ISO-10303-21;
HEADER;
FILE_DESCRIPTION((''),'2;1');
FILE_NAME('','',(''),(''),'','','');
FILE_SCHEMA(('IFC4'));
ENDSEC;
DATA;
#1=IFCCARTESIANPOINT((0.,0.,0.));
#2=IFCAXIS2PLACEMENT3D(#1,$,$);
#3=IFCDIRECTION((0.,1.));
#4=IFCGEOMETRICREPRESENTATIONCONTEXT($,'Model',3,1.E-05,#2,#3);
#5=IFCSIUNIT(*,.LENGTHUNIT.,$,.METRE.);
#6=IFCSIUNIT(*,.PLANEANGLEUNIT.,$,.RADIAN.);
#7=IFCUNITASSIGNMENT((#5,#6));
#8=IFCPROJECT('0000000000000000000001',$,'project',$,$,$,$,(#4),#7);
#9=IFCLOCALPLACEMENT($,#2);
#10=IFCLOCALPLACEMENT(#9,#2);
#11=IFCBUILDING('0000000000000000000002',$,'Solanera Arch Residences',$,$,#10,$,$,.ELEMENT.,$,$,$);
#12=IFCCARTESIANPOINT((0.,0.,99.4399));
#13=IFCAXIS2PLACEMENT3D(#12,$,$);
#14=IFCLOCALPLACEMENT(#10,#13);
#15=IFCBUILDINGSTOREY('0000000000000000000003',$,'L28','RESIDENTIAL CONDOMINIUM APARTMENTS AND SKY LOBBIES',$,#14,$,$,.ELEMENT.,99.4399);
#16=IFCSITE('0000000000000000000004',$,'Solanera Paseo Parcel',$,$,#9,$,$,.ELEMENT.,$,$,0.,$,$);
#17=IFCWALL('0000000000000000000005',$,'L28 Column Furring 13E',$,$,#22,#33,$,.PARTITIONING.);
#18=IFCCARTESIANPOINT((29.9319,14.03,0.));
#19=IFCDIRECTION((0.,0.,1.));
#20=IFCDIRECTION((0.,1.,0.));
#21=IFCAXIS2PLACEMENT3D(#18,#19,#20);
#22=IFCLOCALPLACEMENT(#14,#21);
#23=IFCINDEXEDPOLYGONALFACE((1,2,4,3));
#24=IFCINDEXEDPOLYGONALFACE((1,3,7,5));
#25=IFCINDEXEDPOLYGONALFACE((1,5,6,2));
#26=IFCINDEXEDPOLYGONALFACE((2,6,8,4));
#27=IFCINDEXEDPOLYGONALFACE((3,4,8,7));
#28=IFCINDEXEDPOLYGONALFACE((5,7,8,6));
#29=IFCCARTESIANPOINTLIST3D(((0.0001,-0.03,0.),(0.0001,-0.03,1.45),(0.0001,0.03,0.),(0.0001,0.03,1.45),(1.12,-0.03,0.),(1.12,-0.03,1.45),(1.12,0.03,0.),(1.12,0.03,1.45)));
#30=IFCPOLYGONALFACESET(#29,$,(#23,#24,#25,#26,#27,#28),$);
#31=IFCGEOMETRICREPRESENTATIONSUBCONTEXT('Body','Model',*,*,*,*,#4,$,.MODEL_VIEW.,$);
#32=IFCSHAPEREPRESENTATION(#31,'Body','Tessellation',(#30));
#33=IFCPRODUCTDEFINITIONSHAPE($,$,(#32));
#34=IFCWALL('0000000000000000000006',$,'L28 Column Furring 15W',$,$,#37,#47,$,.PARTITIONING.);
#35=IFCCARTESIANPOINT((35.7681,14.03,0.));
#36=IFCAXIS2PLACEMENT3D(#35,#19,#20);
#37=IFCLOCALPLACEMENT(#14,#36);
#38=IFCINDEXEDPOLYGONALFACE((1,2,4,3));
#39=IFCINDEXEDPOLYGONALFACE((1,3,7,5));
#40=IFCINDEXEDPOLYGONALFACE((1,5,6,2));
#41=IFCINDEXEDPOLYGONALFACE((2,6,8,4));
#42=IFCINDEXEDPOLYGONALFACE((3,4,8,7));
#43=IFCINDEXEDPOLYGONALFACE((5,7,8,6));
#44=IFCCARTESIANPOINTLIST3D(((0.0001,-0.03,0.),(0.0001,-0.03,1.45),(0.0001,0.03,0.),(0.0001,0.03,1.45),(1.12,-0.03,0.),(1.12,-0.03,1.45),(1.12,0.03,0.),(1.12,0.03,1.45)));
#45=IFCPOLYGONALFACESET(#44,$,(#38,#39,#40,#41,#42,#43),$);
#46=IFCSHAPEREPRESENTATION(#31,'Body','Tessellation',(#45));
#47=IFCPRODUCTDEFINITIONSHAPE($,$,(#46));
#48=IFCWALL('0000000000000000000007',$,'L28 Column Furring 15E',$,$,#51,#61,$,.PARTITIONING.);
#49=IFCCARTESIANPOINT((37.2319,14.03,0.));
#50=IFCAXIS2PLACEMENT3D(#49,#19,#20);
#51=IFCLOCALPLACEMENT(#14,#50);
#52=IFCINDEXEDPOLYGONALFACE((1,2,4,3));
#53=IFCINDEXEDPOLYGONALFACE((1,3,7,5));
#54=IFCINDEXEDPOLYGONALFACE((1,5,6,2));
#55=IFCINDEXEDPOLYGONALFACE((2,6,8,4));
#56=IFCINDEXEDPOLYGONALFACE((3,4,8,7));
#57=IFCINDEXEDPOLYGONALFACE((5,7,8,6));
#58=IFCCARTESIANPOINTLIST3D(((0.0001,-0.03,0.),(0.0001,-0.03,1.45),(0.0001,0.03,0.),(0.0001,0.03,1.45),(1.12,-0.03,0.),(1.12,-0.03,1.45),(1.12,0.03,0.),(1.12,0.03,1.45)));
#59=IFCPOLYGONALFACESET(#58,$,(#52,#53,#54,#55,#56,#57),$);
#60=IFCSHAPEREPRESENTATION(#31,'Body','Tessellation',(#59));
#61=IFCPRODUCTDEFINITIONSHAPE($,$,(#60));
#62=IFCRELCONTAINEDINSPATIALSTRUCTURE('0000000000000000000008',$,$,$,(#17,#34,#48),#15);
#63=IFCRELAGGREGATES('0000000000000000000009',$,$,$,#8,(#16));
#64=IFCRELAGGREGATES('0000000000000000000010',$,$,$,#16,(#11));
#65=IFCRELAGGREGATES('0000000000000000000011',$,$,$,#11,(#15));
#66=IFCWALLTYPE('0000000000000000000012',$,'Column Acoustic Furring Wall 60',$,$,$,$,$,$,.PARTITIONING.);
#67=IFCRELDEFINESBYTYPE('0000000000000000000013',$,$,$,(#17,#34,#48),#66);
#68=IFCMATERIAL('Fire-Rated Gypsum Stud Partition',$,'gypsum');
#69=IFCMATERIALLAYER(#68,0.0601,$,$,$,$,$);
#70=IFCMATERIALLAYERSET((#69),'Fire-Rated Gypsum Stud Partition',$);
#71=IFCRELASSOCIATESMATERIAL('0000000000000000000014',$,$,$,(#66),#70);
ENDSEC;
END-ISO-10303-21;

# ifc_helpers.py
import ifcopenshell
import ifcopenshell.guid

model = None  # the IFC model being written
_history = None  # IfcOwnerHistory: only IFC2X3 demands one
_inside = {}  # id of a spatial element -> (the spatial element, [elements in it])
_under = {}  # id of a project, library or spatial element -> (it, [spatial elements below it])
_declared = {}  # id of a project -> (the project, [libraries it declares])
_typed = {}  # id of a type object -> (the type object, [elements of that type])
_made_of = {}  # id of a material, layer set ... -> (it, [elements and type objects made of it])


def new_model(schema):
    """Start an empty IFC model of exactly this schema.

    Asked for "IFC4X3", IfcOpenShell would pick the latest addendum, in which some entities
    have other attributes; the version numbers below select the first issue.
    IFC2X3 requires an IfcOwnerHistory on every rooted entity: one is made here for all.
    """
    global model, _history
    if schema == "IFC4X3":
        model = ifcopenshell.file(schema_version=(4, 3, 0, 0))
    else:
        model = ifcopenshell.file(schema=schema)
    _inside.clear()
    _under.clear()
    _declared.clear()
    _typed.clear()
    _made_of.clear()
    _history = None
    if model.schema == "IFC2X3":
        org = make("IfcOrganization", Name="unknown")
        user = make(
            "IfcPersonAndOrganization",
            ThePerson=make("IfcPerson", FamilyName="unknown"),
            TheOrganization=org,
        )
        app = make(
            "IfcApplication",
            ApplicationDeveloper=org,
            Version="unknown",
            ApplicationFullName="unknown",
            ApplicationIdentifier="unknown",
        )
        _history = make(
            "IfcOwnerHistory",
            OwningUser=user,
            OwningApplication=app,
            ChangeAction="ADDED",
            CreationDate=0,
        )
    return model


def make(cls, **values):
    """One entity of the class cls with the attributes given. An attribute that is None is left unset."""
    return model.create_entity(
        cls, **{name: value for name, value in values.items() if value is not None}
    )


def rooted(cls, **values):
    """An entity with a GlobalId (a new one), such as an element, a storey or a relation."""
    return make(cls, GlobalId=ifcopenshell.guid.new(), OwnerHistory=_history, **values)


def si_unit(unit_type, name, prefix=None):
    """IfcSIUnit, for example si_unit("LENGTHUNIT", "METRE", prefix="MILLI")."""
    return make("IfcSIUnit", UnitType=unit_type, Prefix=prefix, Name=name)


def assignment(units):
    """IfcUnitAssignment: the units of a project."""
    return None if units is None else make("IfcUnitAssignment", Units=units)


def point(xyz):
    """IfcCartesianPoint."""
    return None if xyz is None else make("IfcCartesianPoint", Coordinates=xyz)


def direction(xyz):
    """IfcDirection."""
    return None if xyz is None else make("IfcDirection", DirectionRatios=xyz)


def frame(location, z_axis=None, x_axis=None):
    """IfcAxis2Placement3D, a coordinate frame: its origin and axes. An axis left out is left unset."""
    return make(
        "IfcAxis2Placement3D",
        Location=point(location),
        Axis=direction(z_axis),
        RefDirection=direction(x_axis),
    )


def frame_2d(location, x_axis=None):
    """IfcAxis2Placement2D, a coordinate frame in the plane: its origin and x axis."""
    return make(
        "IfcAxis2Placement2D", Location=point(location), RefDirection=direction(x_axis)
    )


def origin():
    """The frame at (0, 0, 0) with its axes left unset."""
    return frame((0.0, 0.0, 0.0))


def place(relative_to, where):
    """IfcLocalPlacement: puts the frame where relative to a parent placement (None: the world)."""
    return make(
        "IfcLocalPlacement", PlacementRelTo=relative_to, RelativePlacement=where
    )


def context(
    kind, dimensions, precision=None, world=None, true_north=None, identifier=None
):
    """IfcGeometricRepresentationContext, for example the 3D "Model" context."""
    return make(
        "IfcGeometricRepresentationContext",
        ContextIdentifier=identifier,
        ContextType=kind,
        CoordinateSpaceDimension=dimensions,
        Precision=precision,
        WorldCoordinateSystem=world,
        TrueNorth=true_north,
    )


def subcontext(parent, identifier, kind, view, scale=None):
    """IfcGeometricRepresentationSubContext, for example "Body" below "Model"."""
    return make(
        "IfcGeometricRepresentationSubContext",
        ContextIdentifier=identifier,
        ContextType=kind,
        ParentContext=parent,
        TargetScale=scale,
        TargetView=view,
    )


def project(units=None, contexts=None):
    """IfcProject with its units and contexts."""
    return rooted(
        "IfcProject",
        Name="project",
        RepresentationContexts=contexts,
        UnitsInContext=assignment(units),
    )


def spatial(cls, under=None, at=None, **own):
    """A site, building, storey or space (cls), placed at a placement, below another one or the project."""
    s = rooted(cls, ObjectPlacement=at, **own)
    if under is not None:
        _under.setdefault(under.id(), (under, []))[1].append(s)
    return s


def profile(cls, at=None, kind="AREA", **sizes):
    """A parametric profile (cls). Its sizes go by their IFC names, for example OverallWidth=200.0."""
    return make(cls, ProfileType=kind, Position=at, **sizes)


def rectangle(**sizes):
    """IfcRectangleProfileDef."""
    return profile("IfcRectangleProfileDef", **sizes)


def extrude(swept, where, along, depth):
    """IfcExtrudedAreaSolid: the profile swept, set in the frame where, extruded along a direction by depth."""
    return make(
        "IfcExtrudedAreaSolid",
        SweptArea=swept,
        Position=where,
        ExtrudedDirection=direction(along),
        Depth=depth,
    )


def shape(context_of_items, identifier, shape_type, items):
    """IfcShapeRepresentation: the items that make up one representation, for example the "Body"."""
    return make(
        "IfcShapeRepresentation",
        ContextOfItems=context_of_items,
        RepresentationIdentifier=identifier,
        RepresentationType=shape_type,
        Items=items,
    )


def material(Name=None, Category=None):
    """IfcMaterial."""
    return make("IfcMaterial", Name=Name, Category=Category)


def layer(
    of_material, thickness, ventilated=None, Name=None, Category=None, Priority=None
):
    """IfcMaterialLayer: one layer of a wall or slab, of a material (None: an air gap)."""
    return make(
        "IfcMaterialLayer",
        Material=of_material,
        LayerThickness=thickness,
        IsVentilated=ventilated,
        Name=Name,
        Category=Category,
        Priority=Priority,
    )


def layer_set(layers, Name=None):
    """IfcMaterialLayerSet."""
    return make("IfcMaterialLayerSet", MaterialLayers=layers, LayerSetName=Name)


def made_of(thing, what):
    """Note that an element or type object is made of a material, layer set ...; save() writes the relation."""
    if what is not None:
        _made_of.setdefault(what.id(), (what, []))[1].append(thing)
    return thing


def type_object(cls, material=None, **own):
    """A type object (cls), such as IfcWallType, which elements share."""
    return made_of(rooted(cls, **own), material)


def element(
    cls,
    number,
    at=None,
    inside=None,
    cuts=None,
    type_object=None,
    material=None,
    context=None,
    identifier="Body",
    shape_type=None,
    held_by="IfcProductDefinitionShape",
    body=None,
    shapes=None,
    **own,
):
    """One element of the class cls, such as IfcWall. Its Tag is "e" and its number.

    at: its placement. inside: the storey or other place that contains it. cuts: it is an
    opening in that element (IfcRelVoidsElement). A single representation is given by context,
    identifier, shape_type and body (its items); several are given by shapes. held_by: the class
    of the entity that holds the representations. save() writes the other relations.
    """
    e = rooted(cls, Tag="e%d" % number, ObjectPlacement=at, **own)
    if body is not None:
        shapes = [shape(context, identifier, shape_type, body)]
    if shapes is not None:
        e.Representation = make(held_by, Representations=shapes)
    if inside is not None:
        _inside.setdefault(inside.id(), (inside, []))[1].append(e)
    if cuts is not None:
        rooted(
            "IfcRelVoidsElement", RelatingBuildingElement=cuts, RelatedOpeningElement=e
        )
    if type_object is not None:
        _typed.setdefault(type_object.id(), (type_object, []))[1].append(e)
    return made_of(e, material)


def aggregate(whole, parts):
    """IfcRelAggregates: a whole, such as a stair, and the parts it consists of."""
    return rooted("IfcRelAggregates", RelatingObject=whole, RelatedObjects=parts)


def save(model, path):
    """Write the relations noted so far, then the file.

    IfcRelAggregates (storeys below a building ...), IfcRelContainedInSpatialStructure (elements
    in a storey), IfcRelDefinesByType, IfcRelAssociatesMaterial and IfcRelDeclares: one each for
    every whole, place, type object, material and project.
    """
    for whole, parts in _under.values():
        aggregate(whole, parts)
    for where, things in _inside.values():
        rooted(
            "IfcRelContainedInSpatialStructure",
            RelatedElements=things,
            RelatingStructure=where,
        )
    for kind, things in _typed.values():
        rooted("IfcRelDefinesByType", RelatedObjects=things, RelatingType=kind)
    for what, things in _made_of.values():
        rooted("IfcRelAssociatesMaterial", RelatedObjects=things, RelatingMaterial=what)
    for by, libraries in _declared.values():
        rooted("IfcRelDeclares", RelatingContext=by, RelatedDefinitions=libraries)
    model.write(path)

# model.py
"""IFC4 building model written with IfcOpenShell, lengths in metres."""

from ifc_helpers import new_model, si_unit, direction, frame, frame_2d, origin, place, context, subcontext, project, spatial, rectangle, extrude, material, layer, layer_set, type_object, element, save


model = new_model("IFC4")

# Units and contexts
model_context = context("Model", 3, precision=1e-05, world=origin(), true_north=direction((0.0, 1.0)))
body_context = subcontext(model_context, "Body", "Model", "MODEL_VIEW")
ifc_project = project(units=[si_unit("LENGTHUNIT", "METRE"), si_unit("PLANEANGLEUNIT", "RADIAN")], contexts=[model_context])

# Site, building, storey
site_placement = place(None, origin())
site = spatial("IfcSite", under=ifc_project, at=site_placement, Name="Solanera Paseo Parcel", CompositionType="ELEMENT", RefElevation=0.0)
building_placement = place(site_placement, origin())
building = spatial("IfcBuilding", under=site, at=building_placement, Name="Solanera Arch Residences", CompositionType="ELEMENT")
storey_placement = place(building_placement, frame((0.0, 0.0, 99.4399)))
storey = spatial("IfcBuildingStorey", under=building, at=storey_placement, Name="L28", Description="RESIDENTIAL CONDOMINIUM APARTMENTS AND SKY LOBBIES", CompositionType="ELEMENT", Elevation=99.4399)

# Walls
ifc_material_1 = material(Name="Fire-Rated Gypsum Stud Partition", Category="gypsum")
ifc_layer_1 = layer(ifc_material_1, 0.0601)
ifc_layer_set_1 = layer_set([ifc_layer_1], Name="Fire-Rated Gypsum Stud Partition")
wall_type_1 = type_object("IfcWallType", Name="Column Acoustic Furring Wall 60", PredefinedType="PARTITIONING", material=ifc_layer_set_1)
wall_1_placement = place(storey_placement, frame((29.9319, 14.03, 0.0), z_axis=(0.0, 0.0, 1.0), x_axis=(0.0, 1.0, 0.0)))
element("IfcWall", 1, at=wall_1_placement, inside=storey, type_object=wall_type_1, Name="L28 Column Furring 13E", PredefinedType="PARTITIONING", context=body_context, shape_type="SweptSolid", body=[
    extrude(rectangle(XDim=1.1199, YDim=0.0601, at=frame_2d((0.5601, 0.0))), origin(), (0.0, 0.0, 1.0), 1.45),
])
for number, where, z_axis, x_axis, name in (
    (2, (35.7681, 14.03, 0.0), (0.0, 0.0, 1.0), (0.0, 1.0, 0.0), "L28 Column Furring 15W"),
    (3, (37.2319, 14.03, 0.0), (0.0, 0.0, 1.0), (0.0, 1.0, 0.0), "L28 Column Furring 15E"),
):
    element("IfcWall", number, at=place(storey_placement, frame(where, z_axis=z_axis, x_axis=x_axis)), inside=storey, type_object=wall_type_1, Name=name, PredefinedType="PARTITIONING", context=body_context, shape_type="SweptSolid", body=[
        extrude(rectangle(XDim=1.1199, YDim=0.0601, at=frame_2d((0.5601, 0.0))), origin(), (0.0, 0.0, 1.0), 1.45),
    ])

save(model, "model.ifc")
